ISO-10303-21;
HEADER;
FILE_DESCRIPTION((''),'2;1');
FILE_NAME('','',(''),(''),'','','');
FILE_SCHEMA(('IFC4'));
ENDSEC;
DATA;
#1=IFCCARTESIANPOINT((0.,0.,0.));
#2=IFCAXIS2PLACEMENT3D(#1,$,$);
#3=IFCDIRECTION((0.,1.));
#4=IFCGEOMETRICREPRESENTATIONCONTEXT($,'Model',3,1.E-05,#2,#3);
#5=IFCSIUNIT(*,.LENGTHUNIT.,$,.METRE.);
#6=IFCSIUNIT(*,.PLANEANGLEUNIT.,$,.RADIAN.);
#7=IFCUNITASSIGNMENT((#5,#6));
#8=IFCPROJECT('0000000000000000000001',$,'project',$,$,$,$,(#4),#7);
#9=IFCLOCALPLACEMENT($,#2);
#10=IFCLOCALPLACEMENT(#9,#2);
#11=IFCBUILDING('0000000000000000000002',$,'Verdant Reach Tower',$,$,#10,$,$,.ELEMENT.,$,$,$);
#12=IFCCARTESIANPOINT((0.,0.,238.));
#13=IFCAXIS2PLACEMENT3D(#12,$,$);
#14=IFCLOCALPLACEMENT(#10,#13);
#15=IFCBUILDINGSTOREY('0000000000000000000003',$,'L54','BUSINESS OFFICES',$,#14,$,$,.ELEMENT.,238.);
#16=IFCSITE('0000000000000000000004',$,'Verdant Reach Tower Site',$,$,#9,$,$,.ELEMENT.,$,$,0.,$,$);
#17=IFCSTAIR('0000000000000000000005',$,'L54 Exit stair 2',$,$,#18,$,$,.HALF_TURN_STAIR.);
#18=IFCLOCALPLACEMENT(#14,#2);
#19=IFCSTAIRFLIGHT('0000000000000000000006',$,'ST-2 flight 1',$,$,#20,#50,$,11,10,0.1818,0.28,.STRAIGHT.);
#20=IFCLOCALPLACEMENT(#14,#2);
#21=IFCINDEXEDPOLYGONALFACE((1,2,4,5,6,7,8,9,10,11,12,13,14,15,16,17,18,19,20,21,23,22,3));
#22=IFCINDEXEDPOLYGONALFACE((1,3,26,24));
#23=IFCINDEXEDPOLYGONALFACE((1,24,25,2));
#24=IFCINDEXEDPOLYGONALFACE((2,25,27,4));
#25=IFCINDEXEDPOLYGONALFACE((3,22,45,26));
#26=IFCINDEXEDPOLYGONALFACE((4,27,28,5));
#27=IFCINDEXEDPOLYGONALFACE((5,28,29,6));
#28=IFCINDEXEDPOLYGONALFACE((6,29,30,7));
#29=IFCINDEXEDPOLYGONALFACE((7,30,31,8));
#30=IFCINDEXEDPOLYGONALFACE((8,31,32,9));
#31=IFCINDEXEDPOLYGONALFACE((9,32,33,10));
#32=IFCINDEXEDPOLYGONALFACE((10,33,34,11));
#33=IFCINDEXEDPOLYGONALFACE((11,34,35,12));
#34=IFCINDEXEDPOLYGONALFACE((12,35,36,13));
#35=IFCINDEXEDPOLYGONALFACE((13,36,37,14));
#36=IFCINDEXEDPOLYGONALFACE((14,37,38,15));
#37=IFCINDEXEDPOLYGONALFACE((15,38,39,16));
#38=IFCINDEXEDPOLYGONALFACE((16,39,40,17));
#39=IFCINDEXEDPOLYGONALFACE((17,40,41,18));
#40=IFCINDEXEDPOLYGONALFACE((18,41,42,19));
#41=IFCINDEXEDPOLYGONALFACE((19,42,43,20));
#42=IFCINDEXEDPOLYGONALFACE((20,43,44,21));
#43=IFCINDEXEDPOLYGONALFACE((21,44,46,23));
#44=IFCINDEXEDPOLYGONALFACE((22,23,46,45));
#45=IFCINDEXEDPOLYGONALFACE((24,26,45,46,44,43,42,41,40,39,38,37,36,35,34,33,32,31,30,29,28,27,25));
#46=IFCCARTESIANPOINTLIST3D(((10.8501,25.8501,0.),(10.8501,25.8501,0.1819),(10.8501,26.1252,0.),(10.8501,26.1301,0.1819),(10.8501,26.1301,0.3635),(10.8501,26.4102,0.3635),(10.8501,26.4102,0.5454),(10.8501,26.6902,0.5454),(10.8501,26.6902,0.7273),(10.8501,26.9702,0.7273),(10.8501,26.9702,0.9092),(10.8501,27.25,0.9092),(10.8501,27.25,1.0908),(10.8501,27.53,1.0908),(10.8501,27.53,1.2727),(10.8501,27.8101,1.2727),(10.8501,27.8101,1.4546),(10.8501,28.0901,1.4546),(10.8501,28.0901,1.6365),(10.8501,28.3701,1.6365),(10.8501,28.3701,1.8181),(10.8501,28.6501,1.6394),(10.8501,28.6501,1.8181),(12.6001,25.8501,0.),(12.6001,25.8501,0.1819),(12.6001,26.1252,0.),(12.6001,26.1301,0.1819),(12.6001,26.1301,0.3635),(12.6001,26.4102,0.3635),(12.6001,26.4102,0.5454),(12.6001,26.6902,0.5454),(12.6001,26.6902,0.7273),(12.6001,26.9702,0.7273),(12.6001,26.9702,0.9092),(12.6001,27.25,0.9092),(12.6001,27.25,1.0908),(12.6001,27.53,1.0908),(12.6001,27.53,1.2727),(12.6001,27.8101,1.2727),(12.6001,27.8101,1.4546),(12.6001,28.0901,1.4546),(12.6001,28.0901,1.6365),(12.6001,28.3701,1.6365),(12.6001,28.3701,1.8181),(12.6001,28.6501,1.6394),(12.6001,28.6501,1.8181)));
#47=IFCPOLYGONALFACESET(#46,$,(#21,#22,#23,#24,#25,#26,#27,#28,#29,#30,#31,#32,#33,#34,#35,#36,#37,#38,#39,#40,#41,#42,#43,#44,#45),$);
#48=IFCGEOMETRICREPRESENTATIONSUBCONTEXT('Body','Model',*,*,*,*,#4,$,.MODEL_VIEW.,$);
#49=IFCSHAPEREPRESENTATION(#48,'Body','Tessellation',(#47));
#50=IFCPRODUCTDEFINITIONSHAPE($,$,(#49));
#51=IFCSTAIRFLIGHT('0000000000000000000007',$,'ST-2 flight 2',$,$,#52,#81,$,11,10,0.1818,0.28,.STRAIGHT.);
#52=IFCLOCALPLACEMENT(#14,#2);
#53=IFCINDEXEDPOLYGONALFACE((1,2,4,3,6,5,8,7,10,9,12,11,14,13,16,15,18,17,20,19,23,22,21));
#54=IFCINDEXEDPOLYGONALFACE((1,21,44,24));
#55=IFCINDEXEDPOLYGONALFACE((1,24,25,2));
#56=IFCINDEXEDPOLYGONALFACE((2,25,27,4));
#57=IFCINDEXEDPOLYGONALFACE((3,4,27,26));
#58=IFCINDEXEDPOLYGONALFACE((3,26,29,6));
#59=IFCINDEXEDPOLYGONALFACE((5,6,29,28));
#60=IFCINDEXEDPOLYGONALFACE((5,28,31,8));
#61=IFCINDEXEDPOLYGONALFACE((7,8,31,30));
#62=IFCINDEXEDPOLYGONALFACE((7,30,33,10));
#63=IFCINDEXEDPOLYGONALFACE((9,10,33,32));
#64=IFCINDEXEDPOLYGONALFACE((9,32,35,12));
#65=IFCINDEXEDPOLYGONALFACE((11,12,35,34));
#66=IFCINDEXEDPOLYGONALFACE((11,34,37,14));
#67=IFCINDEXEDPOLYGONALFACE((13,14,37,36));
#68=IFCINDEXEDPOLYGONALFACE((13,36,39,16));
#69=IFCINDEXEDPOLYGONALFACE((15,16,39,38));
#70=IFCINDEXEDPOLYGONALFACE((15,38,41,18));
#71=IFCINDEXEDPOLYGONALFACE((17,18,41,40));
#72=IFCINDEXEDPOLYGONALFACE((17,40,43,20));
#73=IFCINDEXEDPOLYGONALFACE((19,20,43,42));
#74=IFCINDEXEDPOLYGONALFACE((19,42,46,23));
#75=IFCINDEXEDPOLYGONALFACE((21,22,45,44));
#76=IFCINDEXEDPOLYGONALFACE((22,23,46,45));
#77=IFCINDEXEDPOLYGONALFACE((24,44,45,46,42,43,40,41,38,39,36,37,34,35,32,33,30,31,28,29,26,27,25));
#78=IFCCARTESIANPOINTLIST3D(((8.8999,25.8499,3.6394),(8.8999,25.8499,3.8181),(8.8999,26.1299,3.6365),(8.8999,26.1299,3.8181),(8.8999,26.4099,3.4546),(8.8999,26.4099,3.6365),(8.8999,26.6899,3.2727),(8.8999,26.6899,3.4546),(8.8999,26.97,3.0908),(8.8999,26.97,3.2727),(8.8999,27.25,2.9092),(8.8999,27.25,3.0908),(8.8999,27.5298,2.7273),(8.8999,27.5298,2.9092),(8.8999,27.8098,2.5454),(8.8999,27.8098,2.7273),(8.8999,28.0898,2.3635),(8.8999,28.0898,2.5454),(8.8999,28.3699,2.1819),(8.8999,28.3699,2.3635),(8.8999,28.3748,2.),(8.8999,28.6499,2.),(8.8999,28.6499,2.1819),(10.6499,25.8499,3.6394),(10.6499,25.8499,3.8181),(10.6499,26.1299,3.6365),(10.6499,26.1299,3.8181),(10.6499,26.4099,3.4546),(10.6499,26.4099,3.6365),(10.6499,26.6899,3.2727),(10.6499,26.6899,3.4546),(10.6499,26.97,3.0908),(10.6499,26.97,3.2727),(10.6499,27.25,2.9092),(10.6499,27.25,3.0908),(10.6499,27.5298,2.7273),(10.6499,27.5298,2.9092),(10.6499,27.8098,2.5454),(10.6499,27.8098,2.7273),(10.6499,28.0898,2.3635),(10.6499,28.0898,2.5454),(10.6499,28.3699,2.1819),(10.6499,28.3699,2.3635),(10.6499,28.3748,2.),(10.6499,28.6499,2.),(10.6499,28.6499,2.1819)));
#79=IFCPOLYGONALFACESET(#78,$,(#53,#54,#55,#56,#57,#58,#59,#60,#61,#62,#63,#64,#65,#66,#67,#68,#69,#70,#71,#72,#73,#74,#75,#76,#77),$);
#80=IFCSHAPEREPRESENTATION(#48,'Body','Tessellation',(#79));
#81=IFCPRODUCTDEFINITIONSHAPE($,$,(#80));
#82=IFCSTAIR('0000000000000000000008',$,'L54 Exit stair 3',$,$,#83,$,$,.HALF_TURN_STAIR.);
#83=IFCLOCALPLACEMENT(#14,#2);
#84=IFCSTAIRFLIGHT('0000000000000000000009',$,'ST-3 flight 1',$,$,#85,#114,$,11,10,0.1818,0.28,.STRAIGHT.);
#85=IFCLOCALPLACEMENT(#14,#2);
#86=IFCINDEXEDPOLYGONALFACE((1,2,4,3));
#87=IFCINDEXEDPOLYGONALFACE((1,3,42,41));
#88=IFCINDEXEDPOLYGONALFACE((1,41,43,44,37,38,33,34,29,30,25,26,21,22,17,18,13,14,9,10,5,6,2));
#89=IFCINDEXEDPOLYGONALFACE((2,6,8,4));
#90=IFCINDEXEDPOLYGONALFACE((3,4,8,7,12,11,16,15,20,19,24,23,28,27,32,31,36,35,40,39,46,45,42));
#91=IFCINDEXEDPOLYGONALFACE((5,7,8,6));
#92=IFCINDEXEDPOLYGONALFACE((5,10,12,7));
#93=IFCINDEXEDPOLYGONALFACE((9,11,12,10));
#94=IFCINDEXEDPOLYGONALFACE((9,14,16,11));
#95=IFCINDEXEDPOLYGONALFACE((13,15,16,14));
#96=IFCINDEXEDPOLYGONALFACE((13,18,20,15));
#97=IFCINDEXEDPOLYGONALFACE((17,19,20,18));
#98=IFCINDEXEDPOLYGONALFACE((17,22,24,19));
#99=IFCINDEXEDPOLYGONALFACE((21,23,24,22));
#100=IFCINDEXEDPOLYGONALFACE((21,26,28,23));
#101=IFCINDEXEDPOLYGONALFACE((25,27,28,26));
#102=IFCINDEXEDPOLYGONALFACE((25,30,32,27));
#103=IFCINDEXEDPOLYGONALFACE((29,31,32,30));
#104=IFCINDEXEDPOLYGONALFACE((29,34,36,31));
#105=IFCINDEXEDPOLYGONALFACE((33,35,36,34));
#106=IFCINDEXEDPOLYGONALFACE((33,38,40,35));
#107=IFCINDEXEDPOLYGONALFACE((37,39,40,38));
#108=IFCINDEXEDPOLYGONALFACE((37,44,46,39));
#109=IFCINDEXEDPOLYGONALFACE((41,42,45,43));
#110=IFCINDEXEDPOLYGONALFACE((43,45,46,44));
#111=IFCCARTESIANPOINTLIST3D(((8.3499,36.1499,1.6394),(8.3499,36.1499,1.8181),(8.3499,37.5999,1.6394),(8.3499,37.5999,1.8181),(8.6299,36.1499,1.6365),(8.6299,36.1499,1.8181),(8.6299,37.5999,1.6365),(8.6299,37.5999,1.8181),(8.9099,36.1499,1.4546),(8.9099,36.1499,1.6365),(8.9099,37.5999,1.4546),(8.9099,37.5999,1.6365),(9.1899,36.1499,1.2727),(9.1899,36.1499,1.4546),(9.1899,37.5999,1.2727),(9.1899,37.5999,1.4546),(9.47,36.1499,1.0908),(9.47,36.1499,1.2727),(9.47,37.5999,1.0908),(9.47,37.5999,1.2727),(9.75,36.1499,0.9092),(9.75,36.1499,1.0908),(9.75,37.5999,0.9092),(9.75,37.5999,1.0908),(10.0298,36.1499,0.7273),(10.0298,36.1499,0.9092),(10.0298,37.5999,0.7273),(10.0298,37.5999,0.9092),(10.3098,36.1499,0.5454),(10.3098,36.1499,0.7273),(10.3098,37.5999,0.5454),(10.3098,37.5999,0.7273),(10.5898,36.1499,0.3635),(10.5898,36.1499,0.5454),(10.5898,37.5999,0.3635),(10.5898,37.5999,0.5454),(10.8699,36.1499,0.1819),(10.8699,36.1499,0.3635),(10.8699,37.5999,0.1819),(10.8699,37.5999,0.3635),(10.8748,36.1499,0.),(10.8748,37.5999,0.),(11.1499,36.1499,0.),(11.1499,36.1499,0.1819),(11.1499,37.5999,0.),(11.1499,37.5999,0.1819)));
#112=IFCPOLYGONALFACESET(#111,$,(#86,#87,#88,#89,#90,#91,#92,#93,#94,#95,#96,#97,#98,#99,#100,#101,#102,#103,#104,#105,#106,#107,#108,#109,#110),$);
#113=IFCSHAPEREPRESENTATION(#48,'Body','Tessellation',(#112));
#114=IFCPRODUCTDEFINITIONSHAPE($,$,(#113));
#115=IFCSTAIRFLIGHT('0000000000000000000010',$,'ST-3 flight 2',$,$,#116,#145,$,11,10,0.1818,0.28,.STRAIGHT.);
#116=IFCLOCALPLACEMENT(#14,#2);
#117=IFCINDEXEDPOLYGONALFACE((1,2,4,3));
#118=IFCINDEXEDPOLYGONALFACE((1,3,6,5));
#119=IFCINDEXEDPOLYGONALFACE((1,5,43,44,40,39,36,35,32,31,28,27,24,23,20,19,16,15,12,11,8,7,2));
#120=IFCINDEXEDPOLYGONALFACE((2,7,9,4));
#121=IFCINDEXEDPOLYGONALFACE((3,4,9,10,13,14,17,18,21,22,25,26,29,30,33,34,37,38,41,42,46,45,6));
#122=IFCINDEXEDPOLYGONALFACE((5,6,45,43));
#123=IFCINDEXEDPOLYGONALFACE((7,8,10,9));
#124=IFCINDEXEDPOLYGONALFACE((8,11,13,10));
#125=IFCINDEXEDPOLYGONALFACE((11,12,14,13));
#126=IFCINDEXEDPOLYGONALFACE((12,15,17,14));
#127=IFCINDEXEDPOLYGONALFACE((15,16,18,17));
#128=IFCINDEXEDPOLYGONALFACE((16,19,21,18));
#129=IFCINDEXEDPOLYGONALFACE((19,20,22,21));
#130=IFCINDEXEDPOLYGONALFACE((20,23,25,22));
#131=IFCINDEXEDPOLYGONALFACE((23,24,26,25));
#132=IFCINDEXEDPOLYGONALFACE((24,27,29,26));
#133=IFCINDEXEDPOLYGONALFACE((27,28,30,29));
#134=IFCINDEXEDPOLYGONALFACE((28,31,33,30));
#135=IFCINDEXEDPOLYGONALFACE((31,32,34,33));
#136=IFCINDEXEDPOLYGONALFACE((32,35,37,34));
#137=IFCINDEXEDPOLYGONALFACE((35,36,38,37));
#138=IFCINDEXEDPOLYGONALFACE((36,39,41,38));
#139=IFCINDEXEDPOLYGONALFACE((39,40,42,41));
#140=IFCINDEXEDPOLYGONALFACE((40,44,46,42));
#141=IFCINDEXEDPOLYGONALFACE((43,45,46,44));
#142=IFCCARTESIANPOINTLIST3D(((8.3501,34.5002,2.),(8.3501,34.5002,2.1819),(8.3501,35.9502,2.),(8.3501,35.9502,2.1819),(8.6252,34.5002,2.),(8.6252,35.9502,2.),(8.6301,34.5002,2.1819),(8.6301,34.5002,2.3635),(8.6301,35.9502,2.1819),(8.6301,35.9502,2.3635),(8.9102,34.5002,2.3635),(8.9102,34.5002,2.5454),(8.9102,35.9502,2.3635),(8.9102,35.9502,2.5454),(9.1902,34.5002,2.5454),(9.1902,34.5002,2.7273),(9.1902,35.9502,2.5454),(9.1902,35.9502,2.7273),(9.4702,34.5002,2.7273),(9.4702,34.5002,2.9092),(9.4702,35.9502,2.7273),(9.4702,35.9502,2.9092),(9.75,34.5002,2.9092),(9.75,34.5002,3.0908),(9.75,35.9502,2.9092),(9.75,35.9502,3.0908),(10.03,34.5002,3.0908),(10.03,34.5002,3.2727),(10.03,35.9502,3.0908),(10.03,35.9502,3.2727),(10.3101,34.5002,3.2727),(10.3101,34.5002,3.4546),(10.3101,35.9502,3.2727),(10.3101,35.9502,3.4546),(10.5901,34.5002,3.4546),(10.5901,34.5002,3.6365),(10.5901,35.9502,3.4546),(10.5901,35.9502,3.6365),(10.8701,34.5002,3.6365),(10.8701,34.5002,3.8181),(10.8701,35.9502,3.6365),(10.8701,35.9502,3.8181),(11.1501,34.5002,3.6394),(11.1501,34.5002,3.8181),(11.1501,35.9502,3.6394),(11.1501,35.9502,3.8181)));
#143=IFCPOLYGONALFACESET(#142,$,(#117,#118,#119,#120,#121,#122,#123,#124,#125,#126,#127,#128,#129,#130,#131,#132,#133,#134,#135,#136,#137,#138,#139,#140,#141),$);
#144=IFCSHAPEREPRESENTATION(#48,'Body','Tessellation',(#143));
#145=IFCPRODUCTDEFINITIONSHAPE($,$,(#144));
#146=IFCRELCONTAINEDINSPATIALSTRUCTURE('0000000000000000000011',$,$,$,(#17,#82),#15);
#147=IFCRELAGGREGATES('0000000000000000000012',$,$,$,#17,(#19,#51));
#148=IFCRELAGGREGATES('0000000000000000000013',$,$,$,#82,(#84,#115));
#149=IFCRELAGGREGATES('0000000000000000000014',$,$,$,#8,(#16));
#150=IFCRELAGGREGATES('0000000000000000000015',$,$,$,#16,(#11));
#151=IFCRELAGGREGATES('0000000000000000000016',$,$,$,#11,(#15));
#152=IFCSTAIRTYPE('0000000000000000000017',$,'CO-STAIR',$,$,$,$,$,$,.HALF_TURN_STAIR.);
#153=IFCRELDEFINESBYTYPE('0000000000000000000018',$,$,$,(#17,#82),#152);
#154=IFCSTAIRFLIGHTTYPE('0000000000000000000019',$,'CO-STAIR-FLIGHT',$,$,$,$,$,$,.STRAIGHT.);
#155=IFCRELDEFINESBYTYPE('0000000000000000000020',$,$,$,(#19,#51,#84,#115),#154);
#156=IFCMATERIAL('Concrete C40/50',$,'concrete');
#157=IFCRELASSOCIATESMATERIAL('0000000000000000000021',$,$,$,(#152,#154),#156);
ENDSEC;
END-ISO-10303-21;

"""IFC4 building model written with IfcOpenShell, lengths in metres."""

from ifc_helpers import new_model, si_unit, direction, frame, origin, place, context, subcontext, project, spatial, polyline, outline, extrude, material, type_object, element, aggregate, save


model = new_model("IFC4")

# Units and contexts
model_context = context("Model", 3, precision=1e-05, world=origin(), true_north=direction((0.0, 1.0)))
body_context = subcontext(model_context, "Body", "Model", "MODEL_VIEW")
ifc_project = project(units=[si_unit("LENGTHUNIT", "METRE"), si_unit("PLANEANGLEUNIT", "RADIAN")], contexts=[model_context])

# Site, building, storey
site_placement = place(None, origin())
site = spatial("IfcSite", under=ifc_project, at=site_placement, Name="Verdant Reach Tower Site", CompositionType="ELEMENT", RefElevation=0.0)
building_placement = place(site_placement, origin())
building = spatial("IfcBuilding", under=site, at=building_placement, Name="Verdant Reach Tower", CompositionType="ELEMENT")
storey_placement = place(building_placement, frame((0.0, 0.0, 238.0)))
storey = spatial("IfcBuildingStorey", under=building, at=storey_placement, Name="L54", Description="BUSINESS OFFICES", CompositionType="ELEMENT", Elevation=238.0)

# Shared definitions
ifc_material_1 = material(Name="Concrete C40/50", Category="concrete")

# Stairs, stair flights
stair_type = type_object("IfcStairType", Name="CO-STAIR", PredefinedType="HALF_TURN_STAIR", material=ifc_material_1)
stair_1_placement = place(storey_placement, origin())
stair_1 = element("IfcStair", 1, at=stair_1_placement, inside=storey, type_object=stair_type, Name="L54 Exit stair 2", PredefinedType="HALF_TURN_STAIR")
stair_flight_type = type_object("IfcStairFlightType", Name="CO-STAIR-FLIGHT", PredefinedType="STRAIGHT", material=ifc_material_1)
stair_flight_1_placement = place(storey_placement, frame((11.7251, 25.8501, 0.0), z_axis=(0.0, 0.0, 1.0), x_axis=(0.0, 1.0, 0.0)))
stair_flight_1 = element("IfcStairFlight", 2, at=stair_flight_1_placement, type_object=stair_flight_type, Name="ST-2 flight 1", NumberOfRisers=11, NumberOfTreads=10, PredefinedType="STRAIGHT", RiserHeight=0.1818, TreadLength=0.28, context=body_context, shape_type="SweptSolid", body=[
    extrude(outline(polyline([(0.0, 0.0), (0.0, 0.1819), (0.28, 0.1819), (0.28, 0.3635), (0.5601, 0.3635), (0.5601, 0.5454), (0.8401, 0.5454), (0.8401, 0.7273), (1.1201, 0.7273), (1.1201, 0.9092), (1.3999, 0.9092), (1.3999, 1.0908), (1.6799, 1.0908), (1.6799, 1.2727), (1.96, 1.2727), (1.96, 1.4546), (2.24, 1.4546), (2.24, 1.6365), (2.52, 1.6365), (2.52, 1.8181), (2.8, 1.8181), (2.8, 2.0), (2.8, 1.6394), (0.2751, 0.0), (0.0, 0.0)])), frame((0.0, 0.875, 0.0), z_axis=(0.0, -1.0, 0.0), x_axis=(1.0, 0.0, 0.0)), (0.0, 0.0, 1.0), 1.75),
])
stair_flight_2_placement = place(storey_placement, frame((9.7749, 28.6499, 2.0), z_axis=(0.0, 0.0, 1.0), x_axis=(0.0, -1.0, 0.0)))
stair_flight_2 = element("IfcStairFlight", 3, at=stair_flight_2_placement, type_object=stair_flight_type, Name="ST-2 flight 2", NumberOfRisers=11, NumberOfTreads=10, PredefinedType="STRAIGHT", RiserHeight=0.1818, TreadLength=0.28, context=body_context, shape_type="SweptSolid", body=[
    extrude(outline(polyline([(0.0, 0.0), (0.0, 0.1819), (0.28, 0.1819), (0.28, 0.3635), (0.5601, 0.3635), (0.5601, 0.5454), (0.8401, 0.5454), (0.8401, 0.7273), (1.1201, 0.7273), (1.1201, 0.9092), (1.3999, 0.9092), (1.3999, 1.0908), (1.6799, 1.0908), (1.6799, 1.2727), (1.96, 1.2727), (1.96, 1.4546), (2.24, 1.4546), (2.24, 1.6365), (2.52, 1.6365), (2.52, 1.8181), (2.8, 1.8181), (2.8, 2.0), (2.8, 1.6394), (0.2751, 0.0), (0.0, 0.0)])), frame((0.0, 0.875, 0.0), z_axis=(0.0, -1.0, 0.0), x_axis=(1.0, 0.0, 0.0)), (0.0, 0.0, 1.0), 1.75),
])
aggregate(stair_1, [stair_flight_1, stair_flight_2])
stair_2_placement = place(storey_placement, origin())
stair_2 = element("IfcStair", 4, at=stair_2_placement, inside=storey, type_object=stair_type, Name="L54 Exit stair 3", PredefinedType="HALF_TURN_STAIR")
stair_flight_3_placement = place(storey_placement, frame((11.1499, 36.875, 0.0), z_axis=(0.0, 0.0, 1.0), x_axis=(-1.0, 0.0, 0.0)))
stair_flight_3 = element("IfcStairFlight", 5, at=stair_flight_3_placement, type_object=stair_flight_type, Name="ST-3 flight 1", NumberOfRisers=11, NumberOfTreads=10, PredefinedType="STRAIGHT", RiserHeight=0.1818, TreadLength=0.28, context=body_context, shape_type="SweptSolid", body=[
    extrude(outline(polyline([(0.0, 0.0), (0.0, 0.1819), (0.28, 0.1819), (0.28, 0.3635), (0.5601, 0.3635), (0.5601, 0.5454), (0.8401, 0.5454), (0.8401, 0.7273), (1.1201, 0.7273), (1.1201, 0.9092), (1.3999, 0.9092), (1.3999, 1.0908), (1.6799, 1.0908), (1.6799, 1.2727), (1.96, 1.2727), (1.96, 1.4546), (2.24, 1.4546), (2.24, 1.6365), (2.52, 1.6365), (2.52, 1.8181), (2.8, 1.8181), (2.8, 2.0), (2.8, 1.6394), (0.2751, 0.0), (0.0, 0.0)])), frame((0.0, 0.7251, 0.0), z_axis=(0.0, -1.0, 0.0), x_axis=(1.0, 0.0, 0.0)), (0.0, 0.0, 1.0), 1.45),
])
stair_flight_4_placement = place(storey_placement, frame((8.3501, 35.2251, 2.0), z_axis=(0.0, 0.0, 1.0), x_axis=(1.0, 0.0, 0.0)))
stair_flight_4 = element("IfcStairFlight", 6, at=stair_flight_4_placement, type_object=stair_flight_type, Name="ST-3 flight 2", NumberOfRisers=11, NumberOfTreads=10, PredefinedType="STRAIGHT", RiserHeight=0.1818, TreadLength=0.28, context=body_context, shape_type="SweptSolid", body=[
    extrude(outline(polyline([(0.0, 0.0), (0.0, 0.1819), (0.28, 0.1819), (0.28, 0.3635), (0.5601, 0.3635), (0.5601, 0.5454), (0.8401, 0.5454), (0.8401, 0.7273), (1.1201, 0.7273), (1.1201, 0.9092), (1.3999, 0.9092), (1.3999, 1.0908), (1.6799, 1.0908), (1.6799, 1.2727), (1.96, 1.2727), (1.96, 1.4546), (2.24, 1.4546), (2.24, 1.6365), (2.52, 1.6365), (2.52, 1.8181), (2.8, 1.8181), (2.8, 2.0), (2.8, 1.6394), (0.2751, 0.0), (0.0, 0.0)])), frame((0.0, 0.7251, 0.0), z_axis=(0.0, -1.0, 0.0), x_axis=(1.0, 0.0, 0.0)), (0.0, 0.0, 1.0), 1.45),
])
aggregate(stair_2, [stair_flight_3, stair_flight_4])

save(model, "model.ifc")
